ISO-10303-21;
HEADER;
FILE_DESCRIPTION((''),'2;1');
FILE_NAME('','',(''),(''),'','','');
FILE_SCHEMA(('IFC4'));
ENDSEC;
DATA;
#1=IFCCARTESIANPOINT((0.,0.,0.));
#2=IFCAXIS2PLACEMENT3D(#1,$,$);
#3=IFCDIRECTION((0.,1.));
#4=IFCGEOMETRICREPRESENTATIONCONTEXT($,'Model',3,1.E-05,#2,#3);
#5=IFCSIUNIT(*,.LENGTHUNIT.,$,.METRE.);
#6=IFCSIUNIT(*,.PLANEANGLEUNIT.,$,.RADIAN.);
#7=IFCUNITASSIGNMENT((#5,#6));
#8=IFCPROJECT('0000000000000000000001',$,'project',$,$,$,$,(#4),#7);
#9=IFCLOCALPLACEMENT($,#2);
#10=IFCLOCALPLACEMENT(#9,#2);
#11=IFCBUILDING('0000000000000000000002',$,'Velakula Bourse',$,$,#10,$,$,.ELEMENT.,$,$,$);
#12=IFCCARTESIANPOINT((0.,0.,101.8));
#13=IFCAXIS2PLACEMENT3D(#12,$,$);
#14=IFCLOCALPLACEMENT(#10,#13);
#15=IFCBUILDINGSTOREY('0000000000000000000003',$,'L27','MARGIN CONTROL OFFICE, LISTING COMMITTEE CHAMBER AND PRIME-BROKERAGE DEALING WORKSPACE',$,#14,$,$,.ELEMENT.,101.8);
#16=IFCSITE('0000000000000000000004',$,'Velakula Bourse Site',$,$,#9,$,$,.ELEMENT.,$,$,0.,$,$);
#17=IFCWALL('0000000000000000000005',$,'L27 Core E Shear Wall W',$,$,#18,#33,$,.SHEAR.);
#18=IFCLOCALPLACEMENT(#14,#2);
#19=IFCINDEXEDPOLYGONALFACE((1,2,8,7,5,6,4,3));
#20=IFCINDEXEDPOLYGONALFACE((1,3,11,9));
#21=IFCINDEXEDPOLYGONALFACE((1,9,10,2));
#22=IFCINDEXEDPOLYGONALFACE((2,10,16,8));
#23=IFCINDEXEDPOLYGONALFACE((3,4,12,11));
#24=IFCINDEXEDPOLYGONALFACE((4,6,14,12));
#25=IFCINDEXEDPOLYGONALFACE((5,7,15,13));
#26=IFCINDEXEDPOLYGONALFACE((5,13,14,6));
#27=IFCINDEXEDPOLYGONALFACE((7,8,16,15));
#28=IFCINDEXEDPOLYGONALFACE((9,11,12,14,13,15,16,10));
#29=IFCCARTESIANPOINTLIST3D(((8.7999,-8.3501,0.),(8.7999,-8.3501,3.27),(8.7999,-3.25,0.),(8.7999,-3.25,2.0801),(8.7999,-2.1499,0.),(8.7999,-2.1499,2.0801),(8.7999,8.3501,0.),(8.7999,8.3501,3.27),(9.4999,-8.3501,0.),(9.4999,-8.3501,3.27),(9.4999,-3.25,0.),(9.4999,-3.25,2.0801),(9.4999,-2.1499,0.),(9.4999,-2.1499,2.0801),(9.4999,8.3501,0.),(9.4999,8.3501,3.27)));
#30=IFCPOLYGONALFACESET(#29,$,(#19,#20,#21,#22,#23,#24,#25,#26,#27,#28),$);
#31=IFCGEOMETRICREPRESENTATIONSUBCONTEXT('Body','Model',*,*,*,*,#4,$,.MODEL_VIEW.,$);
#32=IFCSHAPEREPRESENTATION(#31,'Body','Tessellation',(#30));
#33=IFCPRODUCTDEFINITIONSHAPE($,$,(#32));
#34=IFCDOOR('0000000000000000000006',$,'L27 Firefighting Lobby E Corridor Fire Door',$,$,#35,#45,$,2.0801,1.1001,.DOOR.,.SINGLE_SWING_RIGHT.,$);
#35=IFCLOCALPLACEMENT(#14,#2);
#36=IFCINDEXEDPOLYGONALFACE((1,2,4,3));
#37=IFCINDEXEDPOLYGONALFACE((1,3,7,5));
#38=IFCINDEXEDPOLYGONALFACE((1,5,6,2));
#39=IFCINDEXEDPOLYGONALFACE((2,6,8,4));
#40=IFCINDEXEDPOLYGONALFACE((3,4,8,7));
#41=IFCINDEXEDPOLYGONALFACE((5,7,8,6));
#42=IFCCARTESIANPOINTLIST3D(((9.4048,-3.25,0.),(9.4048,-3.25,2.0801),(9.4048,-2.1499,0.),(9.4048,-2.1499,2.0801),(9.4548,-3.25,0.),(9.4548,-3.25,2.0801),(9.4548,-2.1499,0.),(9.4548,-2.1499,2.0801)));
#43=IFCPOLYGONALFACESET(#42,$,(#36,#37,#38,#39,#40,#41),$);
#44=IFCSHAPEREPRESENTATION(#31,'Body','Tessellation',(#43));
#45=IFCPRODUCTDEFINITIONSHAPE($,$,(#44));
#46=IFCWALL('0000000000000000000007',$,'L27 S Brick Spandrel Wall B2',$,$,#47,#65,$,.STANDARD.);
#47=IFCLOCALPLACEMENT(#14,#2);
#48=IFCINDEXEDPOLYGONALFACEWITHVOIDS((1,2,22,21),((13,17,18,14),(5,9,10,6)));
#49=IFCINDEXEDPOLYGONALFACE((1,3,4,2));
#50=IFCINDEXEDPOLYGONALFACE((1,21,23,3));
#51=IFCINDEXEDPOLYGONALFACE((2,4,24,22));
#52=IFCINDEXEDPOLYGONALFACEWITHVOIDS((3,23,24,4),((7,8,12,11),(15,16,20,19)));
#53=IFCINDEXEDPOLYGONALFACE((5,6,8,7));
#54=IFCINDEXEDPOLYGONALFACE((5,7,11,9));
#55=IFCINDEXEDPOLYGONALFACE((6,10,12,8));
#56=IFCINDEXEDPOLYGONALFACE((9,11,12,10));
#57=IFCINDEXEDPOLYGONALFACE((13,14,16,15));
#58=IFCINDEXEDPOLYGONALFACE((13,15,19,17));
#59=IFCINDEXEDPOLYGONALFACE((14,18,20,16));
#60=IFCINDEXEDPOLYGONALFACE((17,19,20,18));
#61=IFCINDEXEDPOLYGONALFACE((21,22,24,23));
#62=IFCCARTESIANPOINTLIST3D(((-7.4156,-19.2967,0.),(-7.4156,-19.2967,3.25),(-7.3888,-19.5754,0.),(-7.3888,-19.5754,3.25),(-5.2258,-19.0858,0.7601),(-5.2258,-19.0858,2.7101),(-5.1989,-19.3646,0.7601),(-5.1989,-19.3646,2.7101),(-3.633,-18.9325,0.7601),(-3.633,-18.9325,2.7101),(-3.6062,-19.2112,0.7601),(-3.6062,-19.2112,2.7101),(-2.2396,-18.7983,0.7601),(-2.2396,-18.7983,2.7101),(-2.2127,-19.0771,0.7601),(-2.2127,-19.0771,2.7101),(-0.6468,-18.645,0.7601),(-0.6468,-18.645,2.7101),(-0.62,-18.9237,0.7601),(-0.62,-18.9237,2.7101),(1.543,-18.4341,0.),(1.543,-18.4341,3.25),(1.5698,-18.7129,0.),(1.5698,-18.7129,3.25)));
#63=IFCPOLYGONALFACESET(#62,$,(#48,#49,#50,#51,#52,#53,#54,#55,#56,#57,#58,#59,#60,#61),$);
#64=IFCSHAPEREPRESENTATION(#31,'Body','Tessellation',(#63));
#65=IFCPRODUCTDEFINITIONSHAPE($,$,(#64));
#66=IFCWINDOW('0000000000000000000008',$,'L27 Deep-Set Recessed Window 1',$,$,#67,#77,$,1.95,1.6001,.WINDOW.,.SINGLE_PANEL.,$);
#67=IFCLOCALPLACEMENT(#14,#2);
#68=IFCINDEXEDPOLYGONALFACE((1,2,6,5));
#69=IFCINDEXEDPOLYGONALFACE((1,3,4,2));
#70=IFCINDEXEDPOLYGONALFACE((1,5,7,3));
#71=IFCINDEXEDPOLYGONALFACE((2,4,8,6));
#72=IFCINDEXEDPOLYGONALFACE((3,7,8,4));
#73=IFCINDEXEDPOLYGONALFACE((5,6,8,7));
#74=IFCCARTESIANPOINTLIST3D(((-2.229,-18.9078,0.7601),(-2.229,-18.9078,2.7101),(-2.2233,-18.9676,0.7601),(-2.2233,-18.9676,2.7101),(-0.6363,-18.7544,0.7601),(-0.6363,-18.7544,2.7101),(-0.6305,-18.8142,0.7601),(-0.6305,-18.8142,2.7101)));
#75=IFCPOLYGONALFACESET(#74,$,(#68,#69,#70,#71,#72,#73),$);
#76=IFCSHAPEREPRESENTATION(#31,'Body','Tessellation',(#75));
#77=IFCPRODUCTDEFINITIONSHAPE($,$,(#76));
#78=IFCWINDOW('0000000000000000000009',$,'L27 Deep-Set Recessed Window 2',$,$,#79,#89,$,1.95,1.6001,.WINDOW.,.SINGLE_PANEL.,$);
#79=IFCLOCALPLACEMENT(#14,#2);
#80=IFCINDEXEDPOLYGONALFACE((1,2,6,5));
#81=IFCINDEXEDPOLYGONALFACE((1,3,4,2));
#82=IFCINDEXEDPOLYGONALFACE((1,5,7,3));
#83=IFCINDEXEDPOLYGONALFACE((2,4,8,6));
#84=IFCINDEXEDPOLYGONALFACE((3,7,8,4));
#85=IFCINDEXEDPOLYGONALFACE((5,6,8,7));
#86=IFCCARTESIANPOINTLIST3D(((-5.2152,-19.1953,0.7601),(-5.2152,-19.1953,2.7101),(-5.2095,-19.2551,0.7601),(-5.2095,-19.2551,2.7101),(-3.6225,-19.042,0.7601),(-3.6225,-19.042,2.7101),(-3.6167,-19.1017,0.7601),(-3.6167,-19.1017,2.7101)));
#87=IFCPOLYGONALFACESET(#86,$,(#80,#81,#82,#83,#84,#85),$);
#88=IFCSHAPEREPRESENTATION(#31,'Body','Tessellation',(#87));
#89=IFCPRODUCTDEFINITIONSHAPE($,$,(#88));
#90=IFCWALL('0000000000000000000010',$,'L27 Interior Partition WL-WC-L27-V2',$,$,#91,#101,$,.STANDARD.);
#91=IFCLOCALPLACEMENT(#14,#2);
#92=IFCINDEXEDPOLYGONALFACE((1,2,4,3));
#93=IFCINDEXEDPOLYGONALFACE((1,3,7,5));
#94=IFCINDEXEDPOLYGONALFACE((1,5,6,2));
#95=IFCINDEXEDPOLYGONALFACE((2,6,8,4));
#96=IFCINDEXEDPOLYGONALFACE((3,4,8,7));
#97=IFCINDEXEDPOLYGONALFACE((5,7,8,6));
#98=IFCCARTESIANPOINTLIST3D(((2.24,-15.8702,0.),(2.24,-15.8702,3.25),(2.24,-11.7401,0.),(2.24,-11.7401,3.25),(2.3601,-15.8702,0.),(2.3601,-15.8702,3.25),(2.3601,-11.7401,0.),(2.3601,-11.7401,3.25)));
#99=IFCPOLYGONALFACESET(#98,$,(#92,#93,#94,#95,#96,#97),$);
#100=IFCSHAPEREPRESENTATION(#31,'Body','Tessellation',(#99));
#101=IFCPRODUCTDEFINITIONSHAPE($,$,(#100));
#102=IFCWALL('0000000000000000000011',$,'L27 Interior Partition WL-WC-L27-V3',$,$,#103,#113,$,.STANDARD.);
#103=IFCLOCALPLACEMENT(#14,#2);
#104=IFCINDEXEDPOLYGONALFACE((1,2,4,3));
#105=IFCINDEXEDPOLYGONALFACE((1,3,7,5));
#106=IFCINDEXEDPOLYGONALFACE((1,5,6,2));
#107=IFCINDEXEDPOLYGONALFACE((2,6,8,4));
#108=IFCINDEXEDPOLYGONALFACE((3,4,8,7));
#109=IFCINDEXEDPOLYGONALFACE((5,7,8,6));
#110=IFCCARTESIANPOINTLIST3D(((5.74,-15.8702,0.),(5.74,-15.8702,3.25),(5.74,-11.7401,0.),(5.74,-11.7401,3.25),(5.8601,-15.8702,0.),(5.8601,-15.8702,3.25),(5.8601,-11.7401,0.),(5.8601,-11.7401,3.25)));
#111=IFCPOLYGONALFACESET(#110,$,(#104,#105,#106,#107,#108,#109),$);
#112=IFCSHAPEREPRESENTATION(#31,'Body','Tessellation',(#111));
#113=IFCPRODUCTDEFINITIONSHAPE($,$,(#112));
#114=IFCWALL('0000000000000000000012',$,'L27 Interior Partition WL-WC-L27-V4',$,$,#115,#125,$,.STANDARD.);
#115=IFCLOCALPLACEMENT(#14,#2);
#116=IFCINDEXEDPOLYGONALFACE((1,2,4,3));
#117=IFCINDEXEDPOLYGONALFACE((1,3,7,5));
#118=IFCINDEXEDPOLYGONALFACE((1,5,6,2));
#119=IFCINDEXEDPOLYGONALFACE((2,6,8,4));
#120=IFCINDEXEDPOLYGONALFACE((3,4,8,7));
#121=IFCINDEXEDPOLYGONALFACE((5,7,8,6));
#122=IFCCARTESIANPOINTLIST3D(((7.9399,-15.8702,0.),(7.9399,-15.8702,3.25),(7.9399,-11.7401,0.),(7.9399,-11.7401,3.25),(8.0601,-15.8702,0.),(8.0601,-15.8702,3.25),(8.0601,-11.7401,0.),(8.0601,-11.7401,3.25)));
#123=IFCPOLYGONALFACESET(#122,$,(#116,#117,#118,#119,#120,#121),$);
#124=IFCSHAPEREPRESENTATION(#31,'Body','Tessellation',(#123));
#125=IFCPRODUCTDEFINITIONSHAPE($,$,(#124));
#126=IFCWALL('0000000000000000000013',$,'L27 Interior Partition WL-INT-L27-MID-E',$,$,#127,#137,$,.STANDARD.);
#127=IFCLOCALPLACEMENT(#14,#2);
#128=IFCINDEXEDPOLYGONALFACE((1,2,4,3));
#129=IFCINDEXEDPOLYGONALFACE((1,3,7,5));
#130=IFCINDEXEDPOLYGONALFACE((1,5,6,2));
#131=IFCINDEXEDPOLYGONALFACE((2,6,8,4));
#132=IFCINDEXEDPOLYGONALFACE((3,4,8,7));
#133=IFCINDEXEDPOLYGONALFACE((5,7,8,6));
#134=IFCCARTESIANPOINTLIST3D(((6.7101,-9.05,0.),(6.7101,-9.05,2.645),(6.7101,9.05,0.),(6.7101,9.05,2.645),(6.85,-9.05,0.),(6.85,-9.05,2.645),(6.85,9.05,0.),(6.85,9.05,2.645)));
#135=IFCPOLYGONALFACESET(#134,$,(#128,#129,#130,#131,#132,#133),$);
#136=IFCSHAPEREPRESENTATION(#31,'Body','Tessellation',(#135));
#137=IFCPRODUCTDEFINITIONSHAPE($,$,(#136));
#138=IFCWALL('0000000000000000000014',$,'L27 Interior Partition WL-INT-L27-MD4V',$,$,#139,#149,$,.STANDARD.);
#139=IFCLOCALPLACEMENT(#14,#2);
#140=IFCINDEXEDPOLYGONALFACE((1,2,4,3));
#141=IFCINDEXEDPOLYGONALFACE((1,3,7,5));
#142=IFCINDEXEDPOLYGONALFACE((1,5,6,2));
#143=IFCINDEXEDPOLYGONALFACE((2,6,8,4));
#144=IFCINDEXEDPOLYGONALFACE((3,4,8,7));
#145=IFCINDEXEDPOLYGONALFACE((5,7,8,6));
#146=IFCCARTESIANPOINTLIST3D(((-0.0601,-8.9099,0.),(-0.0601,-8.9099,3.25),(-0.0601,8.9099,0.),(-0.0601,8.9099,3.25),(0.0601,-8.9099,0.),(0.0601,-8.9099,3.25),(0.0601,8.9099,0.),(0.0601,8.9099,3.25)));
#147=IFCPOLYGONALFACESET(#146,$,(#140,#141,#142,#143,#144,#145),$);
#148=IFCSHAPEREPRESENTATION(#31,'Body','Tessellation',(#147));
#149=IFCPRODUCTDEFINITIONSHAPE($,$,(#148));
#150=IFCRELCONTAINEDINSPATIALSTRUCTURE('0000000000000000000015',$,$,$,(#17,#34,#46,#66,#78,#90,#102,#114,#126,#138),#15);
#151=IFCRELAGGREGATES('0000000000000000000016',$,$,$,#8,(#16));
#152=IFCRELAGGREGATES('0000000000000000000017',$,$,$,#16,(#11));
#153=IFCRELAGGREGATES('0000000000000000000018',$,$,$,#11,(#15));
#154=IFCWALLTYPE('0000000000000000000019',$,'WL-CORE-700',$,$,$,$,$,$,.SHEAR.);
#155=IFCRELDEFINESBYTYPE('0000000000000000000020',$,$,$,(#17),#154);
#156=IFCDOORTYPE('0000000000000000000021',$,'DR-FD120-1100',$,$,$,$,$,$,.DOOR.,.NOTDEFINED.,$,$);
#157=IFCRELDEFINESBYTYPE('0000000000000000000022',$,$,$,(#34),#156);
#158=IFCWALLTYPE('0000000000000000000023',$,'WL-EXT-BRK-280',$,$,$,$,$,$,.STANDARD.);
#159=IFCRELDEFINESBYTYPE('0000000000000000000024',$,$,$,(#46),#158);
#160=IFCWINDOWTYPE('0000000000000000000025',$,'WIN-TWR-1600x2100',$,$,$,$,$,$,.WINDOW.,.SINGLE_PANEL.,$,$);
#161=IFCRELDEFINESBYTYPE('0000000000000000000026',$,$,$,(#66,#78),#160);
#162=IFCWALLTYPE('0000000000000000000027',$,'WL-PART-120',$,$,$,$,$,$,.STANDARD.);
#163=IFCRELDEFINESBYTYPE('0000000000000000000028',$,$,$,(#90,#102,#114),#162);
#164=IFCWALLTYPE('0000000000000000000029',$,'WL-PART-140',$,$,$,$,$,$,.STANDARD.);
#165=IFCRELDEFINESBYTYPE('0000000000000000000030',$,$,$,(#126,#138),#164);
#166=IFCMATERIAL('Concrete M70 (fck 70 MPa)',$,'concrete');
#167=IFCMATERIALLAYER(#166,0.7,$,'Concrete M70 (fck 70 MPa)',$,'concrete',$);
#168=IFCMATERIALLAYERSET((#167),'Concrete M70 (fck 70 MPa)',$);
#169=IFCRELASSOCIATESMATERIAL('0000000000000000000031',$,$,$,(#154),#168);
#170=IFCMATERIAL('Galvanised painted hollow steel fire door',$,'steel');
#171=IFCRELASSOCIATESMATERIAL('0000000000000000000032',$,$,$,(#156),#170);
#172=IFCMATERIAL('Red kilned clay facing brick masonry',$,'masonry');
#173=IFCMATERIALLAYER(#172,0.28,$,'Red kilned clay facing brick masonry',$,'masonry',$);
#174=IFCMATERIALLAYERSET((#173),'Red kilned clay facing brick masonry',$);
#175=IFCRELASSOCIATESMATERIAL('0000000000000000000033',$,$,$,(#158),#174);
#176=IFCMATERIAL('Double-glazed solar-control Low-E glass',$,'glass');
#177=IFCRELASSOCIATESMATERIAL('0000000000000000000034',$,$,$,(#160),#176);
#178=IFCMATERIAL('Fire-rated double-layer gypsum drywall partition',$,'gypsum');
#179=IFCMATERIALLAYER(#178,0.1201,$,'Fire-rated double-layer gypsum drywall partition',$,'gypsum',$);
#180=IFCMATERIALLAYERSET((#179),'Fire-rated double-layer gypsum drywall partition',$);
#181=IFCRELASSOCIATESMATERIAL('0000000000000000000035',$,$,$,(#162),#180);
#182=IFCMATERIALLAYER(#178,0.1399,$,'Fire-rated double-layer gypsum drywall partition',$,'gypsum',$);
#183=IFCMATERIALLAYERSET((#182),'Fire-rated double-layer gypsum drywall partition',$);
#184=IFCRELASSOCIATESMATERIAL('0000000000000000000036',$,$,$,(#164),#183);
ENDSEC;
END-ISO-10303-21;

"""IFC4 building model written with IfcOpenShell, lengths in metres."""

from ifc_helpers import new_model, si_unit, direction, frame, frame_2d, origin, place, context, subcontext, project, spatial, rectangle, extrude, material, layer, layer_set, type_object, element, fill, save


model = new_model("IFC4")

# Units and contexts
model_context = context("Model", 3, precision=1e-05, world=origin(), true_north=direction((0.0, 1.0)))
body_context = subcontext(model_context, "Body", "Model", "MODEL_VIEW")
ifc_project = project(units=[si_unit("LENGTHUNIT", "METRE"), si_unit("PLANEANGLEUNIT", "RADIAN")], contexts=[model_context])

# Site, building, storey
site_placement = place(None, origin())
site = spatial("IfcSite", under=ifc_project, at=site_placement, Name="Velakula Bourse Site", CompositionType="ELEMENT", RefElevation=0.0)
building_placement = place(site_placement, origin())
building = spatial("IfcBuilding", under=site, at=building_placement, Name="Velakula Bourse", CompositionType="ELEMENT")
storey_placement = place(building_placement, frame((0.0, 0.0, 101.8)))
storey = spatial("IfcBuildingStorey", under=building, at=storey_placement, Name="L27", Description="MARGIN CONTROL OFFICE, LISTING COMMITTEE CHAMBER AND PRIME-BROKERAGE DEALING WORKSPACE", CompositionType="ELEMENT", Elevation=101.8)

# Shared definitions
ifc_material_1 = material(Name="Concrete M70 (fck 70 MPa)", Category="concrete")

# Shared definitions
ifc_layer_1 = layer(ifc_material_1, 0.7, Name="Concrete M70 (fck 70 MPa)", Category="concrete")
ifc_layer_set_1 = layer_set([ifc_layer_1], Name="Concrete M70 (fck 70 MPa)")
wall_type_1 = type_object("IfcWallType", Name="WL-CORE-700", PredefinedType="SHEAR", material=ifc_layer_set_1)

# Wall, opening, door
wall_1_placement = place(storey_placement, frame((9.1499, -8.3501, 0.0), z_axis=(0.0, 0.0, 1.0), x_axis=(0.0, 1.0, 0.0)))
wall_1 = element("IfcWall", 1, at=wall_1_placement, inside=storey, type_object=wall_type_1, Name="L27 Core E Shear Wall W", PredefinedType="SHEAR", context=body_context, shape_type="SweptSolid", body=[
    extrude(rectangle(XDim=16.7002, YDim=0.7, at=frame_2d((8.3501, 0.0))), origin(), (0.0, 0.0, 1.0), 3.27),
])
opening_1_placement = place(wall_1_placement, frame((5.1001, 0.0, 0.0)))
opening_1 = element("IfcOpeningElement", 2, at=opening_1_placement, cuts=wall_1, PredefinedType="OPENING", context=body_context, shape_type="SweptSolid", body=[
    extrude(rectangle(XDim=1.1001, YDim=2.0801, at=frame_2d((0.55, 1.04))), frame((0.0, 0.3599, 0.0), z_axis=(0.0, -1.0, 0.0), x_axis=(1.0, 0.0, 0.0)), (0.0, 0.0, 1.0), 0.72),
])
ifc_material_2 = material(Name="Galvanised painted hollow steel fire door", Category="steel")
door_type = type_object("IfcDoorType", Name="DR-FD120-1100", OperationType="NOTDEFINED", PredefinedType="DOOR", material=ifc_material_2)
door_placement = place(opening_1_placement, origin())
door = element("IfcDoor", 3, at=door_placement, inside=storey, type_object=door_type, Name="L27 Firefighting Lobby E Corridor Fire Door", OperationType="SINGLE_SWING_RIGHT", OverallHeight=2.0801, OverallWidth=1.1001, PredefinedType="DOOR", context=body_context, shape_type="SweptSolid", body=[
    extrude(rectangle(XDim=1.1001, YDim=2.0801, at=frame_2d((0.55, 1.04))), frame((0.0, -0.2549, 0.0), z_axis=(0.0, -1.0, 0.0), x_axis=(1.0, 0.0, 0.0)), (0.0, 0.0, 1.0), 0.05),
])
fill(opening_1, door)

# Wall, openings, windows
ifc_material_3 = material(Name="Red kilned clay facing brick masonry", Category="masonry")
ifc_layer_2 = layer(ifc_material_3, 0.28, Name="Red kilned clay facing brick masonry", Category="masonry")
ifc_layer_set_2 = layer_set([ifc_layer_2], Name="Red kilned clay facing brick masonry")
wall_type_2 = type_object("IfcWallType", Name="WL-EXT-BRK-280", PredefinedType="STANDARD", material=ifc_layer_set_2)
wall_2_placement = place(storey_placement, frame((1.5564, -18.5735, 0.0), z_axis=(0.0, 0.0, 1.0), x_axis=(-0.995397, -0.09584, 0.0)))
wall_2 = element("IfcWall", 4, at=wall_2_placement, inside=storey, type_object=wall_type_2, Name="L27 S Brick Spandrel Wall B2", PredefinedType="STANDARD", context=body_context, shape_type="SweptSolid", body=[
    extrude(rectangle(XDim=9.0, YDim=0.28, at=frame_2d((4.5, 0.0))), origin(), (0.0, 0.0, 1.0), 3.25),
])
opening_2_placement = place(wall_2_placement, frame((2.2, 0.0, 0.76)))
opening_2 = element("IfcOpeningElement", 5, at=opening_2_placement, cuts=wall_2, PredefinedType="OPENING", context=body_context, shape_type="SweptSolid", body=[
    extrude(rectangle(XDim=1.6001, YDim=1.95, at=frame_2d((0.8, 0.9751))), frame((0.0, 0.1499, 0.0), z_axis=(0.0, -1.0, 0.0), x_axis=(1.0, 0.0, 0.0)), (0.0, 0.0, 1.0), 0.3),
])
opening_3_placement = place(wall_2_placement, frame((5.2, 0.0, 0.76)))
opening_3 = element("IfcOpeningElement", 6, at=opening_3_placement, cuts=wall_2, PredefinedType="OPENING", context=body_context, shape_type="SweptSolid", body=[
    extrude(rectangle(XDim=1.6001, YDim=1.95, at=frame_2d((0.8, 0.9751))), frame((0.0, 0.1499, 0.0), z_axis=(0.0, -1.0, 0.0), x_axis=(1.0, 0.0, 0.0)), (0.0, 0.0, 1.0), 0.3),
])
ifc_material_4 = material(Name="Double-glazed solar-control Low-E glass", Category="glass")
window_type = type_object("IfcWindowType", Name="WIN-TWR-1600x2100", PartitioningType="SINGLE_PANEL", PredefinedType="WINDOW", material=ifc_material_4)
window_1_placement = place(opening_2_placement, origin())
window_1 = element("IfcWindow", 7, at=window_1_placement, inside=storey, type_object=window_type, Name="L27 Deep-Set Recessed Window 1", OverallHeight=1.95, OverallWidth=1.6001, PartitioningType="SINGLE_PANEL", PredefinedType="WINDOW", context=body_context, shape_type="SweptSolid", body=[
    extrude(rectangle(XDim=1.6001, YDim=1.95, at=frame_2d((0.8, 0.9751))), frame((0.0, 0.03, 0.0), z_axis=(0.0, -1.0, 0.0), x_axis=(1.0, 0.0, 0.0)), (0.0, 0.0, 1.0), 0.0601),
])
fill(opening_2, window_1)
window_2_placement = place(opening_3_placement, origin())
window_2 = element("IfcWindow", 8, at=window_2_placement, inside=storey, type_object=window_type, Name="L27 Deep-Set Recessed Window 2", OverallHeight=1.95, OverallWidth=1.6001, PartitioningType="SINGLE_PANEL", PredefinedType="WINDOW", context=body_context, shape_type="SweptSolid", body=[
    extrude(rectangle(XDim=1.6001, YDim=1.95, at=frame_2d((0.8, 0.9751))), frame((0.0, 0.03, 0.0), z_axis=(0.0, -1.0, 0.0), x_axis=(1.0, 0.0, 0.0)), (0.0, 0.0, 1.0), 0.0601),
])
fill(opening_3, window_2)

# Walls
ifc_material_5 = material(Name="Fire-rated double-layer gypsum drywall partition", Category="gypsum")
ifc_layer_3 = layer(ifc_material_5, 0.1201, Name="Fire-rated double-layer gypsum drywall partition", Category="gypsum")
ifc_layer_set_3 = layer_set([ifc_layer_3], Name="Fire-rated double-layer gypsum drywall partition")
wall_type_3 = type_object("IfcWallType", Name="WL-PART-120", PredefinedType="STANDARD", material=ifc_layer_set_3)
for number, where, z_axis, x_axis, name in (
    (9, (2.3, -15.8701, 0.0), (0.0, 0.0, 1.0), (0.0, 1.0, 0.0), "L27 Interior Partition WL-WC-L27-V2"),
    (10, (5.8, -15.8701, 0.0), (0.0, 0.0, 1.0), (0.0, 1.0, 0.0), "L27 Interior Partition WL-WC-L27-V3"),
    (11, (8.0, -15.8701, 0.0), (0.0, 0.0, 1.0), (0.0, 1.0, 0.0), "L27 Interior Partition WL-WC-L27-V4"),
):
    element("IfcWall", number, at=place(storey_placement, frame(where, z_axis=z_axis, x_axis=x_axis)), inside=storey, type_object=wall_type_3, Name=name, PredefinedType="STANDARD", context=body_context, shape_type="SweptSolid", body=[
        extrude(rectangle(XDim=4.1301, YDim=0.1201, at=frame_2d((2.0649, 0.0))), origin(), (0.0, 0.0, 1.0), 3.25),
    ])
ifc_layer_4 = layer(ifc_material_5, 0.1399, Name="Fire-rated double-layer gypsum drywall partition", Category="gypsum")
ifc_layer_set_4 = layer_set([ifc_layer_4], Name="Fire-rated double-layer gypsum drywall partition")
wall_type_4 = type_object("IfcWallType", Name="WL-PART-140", PredefinedType="STANDARD", material=ifc_layer_set_4)
wall_3_placement = place(storey_placement, frame((6.78, -9.05, 0.0), z_axis=(0.0, 0.0, 1.0), x_axis=(0.0, 1.0, 0.0)))
element("IfcWall", 12, at=wall_3_placement, inside=storey, type_object=wall_type_4, Name="L27 Interior Partition WL-INT-L27-MID-E", PredefinedType="STANDARD", context=body_context, shape_type="SweptSolid", body=[
    extrude(rectangle(XDim=18.1001, YDim=0.1399, at=frame_2d((9.05, 0.0))), origin(), (0.0, 0.0, 1.0), 2.645),
])
wall_4_placement = place(storey_placement, frame((0.0, -8.9099, 0.0), z_axis=(0.0, 0.0, 1.0), x_axis=(0.0, 1.0, 0.0)))
element("IfcWall", 13, at=wall_4_placement, inside=storey, type_object=wall_type_4, Name="L27 Interior Partition WL-INT-L27-MD4V", PredefinedType="STANDARD", context=body_context, shape_type="SweptSolid", body=[
    extrude(rectangle(XDim=17.8198, YDim=0.1201, at=frame_2d((8.9099, 0.0))), origin(), (0.0, 0.0, 1.0), 3.25),
])

save(model, "model.ifc")
